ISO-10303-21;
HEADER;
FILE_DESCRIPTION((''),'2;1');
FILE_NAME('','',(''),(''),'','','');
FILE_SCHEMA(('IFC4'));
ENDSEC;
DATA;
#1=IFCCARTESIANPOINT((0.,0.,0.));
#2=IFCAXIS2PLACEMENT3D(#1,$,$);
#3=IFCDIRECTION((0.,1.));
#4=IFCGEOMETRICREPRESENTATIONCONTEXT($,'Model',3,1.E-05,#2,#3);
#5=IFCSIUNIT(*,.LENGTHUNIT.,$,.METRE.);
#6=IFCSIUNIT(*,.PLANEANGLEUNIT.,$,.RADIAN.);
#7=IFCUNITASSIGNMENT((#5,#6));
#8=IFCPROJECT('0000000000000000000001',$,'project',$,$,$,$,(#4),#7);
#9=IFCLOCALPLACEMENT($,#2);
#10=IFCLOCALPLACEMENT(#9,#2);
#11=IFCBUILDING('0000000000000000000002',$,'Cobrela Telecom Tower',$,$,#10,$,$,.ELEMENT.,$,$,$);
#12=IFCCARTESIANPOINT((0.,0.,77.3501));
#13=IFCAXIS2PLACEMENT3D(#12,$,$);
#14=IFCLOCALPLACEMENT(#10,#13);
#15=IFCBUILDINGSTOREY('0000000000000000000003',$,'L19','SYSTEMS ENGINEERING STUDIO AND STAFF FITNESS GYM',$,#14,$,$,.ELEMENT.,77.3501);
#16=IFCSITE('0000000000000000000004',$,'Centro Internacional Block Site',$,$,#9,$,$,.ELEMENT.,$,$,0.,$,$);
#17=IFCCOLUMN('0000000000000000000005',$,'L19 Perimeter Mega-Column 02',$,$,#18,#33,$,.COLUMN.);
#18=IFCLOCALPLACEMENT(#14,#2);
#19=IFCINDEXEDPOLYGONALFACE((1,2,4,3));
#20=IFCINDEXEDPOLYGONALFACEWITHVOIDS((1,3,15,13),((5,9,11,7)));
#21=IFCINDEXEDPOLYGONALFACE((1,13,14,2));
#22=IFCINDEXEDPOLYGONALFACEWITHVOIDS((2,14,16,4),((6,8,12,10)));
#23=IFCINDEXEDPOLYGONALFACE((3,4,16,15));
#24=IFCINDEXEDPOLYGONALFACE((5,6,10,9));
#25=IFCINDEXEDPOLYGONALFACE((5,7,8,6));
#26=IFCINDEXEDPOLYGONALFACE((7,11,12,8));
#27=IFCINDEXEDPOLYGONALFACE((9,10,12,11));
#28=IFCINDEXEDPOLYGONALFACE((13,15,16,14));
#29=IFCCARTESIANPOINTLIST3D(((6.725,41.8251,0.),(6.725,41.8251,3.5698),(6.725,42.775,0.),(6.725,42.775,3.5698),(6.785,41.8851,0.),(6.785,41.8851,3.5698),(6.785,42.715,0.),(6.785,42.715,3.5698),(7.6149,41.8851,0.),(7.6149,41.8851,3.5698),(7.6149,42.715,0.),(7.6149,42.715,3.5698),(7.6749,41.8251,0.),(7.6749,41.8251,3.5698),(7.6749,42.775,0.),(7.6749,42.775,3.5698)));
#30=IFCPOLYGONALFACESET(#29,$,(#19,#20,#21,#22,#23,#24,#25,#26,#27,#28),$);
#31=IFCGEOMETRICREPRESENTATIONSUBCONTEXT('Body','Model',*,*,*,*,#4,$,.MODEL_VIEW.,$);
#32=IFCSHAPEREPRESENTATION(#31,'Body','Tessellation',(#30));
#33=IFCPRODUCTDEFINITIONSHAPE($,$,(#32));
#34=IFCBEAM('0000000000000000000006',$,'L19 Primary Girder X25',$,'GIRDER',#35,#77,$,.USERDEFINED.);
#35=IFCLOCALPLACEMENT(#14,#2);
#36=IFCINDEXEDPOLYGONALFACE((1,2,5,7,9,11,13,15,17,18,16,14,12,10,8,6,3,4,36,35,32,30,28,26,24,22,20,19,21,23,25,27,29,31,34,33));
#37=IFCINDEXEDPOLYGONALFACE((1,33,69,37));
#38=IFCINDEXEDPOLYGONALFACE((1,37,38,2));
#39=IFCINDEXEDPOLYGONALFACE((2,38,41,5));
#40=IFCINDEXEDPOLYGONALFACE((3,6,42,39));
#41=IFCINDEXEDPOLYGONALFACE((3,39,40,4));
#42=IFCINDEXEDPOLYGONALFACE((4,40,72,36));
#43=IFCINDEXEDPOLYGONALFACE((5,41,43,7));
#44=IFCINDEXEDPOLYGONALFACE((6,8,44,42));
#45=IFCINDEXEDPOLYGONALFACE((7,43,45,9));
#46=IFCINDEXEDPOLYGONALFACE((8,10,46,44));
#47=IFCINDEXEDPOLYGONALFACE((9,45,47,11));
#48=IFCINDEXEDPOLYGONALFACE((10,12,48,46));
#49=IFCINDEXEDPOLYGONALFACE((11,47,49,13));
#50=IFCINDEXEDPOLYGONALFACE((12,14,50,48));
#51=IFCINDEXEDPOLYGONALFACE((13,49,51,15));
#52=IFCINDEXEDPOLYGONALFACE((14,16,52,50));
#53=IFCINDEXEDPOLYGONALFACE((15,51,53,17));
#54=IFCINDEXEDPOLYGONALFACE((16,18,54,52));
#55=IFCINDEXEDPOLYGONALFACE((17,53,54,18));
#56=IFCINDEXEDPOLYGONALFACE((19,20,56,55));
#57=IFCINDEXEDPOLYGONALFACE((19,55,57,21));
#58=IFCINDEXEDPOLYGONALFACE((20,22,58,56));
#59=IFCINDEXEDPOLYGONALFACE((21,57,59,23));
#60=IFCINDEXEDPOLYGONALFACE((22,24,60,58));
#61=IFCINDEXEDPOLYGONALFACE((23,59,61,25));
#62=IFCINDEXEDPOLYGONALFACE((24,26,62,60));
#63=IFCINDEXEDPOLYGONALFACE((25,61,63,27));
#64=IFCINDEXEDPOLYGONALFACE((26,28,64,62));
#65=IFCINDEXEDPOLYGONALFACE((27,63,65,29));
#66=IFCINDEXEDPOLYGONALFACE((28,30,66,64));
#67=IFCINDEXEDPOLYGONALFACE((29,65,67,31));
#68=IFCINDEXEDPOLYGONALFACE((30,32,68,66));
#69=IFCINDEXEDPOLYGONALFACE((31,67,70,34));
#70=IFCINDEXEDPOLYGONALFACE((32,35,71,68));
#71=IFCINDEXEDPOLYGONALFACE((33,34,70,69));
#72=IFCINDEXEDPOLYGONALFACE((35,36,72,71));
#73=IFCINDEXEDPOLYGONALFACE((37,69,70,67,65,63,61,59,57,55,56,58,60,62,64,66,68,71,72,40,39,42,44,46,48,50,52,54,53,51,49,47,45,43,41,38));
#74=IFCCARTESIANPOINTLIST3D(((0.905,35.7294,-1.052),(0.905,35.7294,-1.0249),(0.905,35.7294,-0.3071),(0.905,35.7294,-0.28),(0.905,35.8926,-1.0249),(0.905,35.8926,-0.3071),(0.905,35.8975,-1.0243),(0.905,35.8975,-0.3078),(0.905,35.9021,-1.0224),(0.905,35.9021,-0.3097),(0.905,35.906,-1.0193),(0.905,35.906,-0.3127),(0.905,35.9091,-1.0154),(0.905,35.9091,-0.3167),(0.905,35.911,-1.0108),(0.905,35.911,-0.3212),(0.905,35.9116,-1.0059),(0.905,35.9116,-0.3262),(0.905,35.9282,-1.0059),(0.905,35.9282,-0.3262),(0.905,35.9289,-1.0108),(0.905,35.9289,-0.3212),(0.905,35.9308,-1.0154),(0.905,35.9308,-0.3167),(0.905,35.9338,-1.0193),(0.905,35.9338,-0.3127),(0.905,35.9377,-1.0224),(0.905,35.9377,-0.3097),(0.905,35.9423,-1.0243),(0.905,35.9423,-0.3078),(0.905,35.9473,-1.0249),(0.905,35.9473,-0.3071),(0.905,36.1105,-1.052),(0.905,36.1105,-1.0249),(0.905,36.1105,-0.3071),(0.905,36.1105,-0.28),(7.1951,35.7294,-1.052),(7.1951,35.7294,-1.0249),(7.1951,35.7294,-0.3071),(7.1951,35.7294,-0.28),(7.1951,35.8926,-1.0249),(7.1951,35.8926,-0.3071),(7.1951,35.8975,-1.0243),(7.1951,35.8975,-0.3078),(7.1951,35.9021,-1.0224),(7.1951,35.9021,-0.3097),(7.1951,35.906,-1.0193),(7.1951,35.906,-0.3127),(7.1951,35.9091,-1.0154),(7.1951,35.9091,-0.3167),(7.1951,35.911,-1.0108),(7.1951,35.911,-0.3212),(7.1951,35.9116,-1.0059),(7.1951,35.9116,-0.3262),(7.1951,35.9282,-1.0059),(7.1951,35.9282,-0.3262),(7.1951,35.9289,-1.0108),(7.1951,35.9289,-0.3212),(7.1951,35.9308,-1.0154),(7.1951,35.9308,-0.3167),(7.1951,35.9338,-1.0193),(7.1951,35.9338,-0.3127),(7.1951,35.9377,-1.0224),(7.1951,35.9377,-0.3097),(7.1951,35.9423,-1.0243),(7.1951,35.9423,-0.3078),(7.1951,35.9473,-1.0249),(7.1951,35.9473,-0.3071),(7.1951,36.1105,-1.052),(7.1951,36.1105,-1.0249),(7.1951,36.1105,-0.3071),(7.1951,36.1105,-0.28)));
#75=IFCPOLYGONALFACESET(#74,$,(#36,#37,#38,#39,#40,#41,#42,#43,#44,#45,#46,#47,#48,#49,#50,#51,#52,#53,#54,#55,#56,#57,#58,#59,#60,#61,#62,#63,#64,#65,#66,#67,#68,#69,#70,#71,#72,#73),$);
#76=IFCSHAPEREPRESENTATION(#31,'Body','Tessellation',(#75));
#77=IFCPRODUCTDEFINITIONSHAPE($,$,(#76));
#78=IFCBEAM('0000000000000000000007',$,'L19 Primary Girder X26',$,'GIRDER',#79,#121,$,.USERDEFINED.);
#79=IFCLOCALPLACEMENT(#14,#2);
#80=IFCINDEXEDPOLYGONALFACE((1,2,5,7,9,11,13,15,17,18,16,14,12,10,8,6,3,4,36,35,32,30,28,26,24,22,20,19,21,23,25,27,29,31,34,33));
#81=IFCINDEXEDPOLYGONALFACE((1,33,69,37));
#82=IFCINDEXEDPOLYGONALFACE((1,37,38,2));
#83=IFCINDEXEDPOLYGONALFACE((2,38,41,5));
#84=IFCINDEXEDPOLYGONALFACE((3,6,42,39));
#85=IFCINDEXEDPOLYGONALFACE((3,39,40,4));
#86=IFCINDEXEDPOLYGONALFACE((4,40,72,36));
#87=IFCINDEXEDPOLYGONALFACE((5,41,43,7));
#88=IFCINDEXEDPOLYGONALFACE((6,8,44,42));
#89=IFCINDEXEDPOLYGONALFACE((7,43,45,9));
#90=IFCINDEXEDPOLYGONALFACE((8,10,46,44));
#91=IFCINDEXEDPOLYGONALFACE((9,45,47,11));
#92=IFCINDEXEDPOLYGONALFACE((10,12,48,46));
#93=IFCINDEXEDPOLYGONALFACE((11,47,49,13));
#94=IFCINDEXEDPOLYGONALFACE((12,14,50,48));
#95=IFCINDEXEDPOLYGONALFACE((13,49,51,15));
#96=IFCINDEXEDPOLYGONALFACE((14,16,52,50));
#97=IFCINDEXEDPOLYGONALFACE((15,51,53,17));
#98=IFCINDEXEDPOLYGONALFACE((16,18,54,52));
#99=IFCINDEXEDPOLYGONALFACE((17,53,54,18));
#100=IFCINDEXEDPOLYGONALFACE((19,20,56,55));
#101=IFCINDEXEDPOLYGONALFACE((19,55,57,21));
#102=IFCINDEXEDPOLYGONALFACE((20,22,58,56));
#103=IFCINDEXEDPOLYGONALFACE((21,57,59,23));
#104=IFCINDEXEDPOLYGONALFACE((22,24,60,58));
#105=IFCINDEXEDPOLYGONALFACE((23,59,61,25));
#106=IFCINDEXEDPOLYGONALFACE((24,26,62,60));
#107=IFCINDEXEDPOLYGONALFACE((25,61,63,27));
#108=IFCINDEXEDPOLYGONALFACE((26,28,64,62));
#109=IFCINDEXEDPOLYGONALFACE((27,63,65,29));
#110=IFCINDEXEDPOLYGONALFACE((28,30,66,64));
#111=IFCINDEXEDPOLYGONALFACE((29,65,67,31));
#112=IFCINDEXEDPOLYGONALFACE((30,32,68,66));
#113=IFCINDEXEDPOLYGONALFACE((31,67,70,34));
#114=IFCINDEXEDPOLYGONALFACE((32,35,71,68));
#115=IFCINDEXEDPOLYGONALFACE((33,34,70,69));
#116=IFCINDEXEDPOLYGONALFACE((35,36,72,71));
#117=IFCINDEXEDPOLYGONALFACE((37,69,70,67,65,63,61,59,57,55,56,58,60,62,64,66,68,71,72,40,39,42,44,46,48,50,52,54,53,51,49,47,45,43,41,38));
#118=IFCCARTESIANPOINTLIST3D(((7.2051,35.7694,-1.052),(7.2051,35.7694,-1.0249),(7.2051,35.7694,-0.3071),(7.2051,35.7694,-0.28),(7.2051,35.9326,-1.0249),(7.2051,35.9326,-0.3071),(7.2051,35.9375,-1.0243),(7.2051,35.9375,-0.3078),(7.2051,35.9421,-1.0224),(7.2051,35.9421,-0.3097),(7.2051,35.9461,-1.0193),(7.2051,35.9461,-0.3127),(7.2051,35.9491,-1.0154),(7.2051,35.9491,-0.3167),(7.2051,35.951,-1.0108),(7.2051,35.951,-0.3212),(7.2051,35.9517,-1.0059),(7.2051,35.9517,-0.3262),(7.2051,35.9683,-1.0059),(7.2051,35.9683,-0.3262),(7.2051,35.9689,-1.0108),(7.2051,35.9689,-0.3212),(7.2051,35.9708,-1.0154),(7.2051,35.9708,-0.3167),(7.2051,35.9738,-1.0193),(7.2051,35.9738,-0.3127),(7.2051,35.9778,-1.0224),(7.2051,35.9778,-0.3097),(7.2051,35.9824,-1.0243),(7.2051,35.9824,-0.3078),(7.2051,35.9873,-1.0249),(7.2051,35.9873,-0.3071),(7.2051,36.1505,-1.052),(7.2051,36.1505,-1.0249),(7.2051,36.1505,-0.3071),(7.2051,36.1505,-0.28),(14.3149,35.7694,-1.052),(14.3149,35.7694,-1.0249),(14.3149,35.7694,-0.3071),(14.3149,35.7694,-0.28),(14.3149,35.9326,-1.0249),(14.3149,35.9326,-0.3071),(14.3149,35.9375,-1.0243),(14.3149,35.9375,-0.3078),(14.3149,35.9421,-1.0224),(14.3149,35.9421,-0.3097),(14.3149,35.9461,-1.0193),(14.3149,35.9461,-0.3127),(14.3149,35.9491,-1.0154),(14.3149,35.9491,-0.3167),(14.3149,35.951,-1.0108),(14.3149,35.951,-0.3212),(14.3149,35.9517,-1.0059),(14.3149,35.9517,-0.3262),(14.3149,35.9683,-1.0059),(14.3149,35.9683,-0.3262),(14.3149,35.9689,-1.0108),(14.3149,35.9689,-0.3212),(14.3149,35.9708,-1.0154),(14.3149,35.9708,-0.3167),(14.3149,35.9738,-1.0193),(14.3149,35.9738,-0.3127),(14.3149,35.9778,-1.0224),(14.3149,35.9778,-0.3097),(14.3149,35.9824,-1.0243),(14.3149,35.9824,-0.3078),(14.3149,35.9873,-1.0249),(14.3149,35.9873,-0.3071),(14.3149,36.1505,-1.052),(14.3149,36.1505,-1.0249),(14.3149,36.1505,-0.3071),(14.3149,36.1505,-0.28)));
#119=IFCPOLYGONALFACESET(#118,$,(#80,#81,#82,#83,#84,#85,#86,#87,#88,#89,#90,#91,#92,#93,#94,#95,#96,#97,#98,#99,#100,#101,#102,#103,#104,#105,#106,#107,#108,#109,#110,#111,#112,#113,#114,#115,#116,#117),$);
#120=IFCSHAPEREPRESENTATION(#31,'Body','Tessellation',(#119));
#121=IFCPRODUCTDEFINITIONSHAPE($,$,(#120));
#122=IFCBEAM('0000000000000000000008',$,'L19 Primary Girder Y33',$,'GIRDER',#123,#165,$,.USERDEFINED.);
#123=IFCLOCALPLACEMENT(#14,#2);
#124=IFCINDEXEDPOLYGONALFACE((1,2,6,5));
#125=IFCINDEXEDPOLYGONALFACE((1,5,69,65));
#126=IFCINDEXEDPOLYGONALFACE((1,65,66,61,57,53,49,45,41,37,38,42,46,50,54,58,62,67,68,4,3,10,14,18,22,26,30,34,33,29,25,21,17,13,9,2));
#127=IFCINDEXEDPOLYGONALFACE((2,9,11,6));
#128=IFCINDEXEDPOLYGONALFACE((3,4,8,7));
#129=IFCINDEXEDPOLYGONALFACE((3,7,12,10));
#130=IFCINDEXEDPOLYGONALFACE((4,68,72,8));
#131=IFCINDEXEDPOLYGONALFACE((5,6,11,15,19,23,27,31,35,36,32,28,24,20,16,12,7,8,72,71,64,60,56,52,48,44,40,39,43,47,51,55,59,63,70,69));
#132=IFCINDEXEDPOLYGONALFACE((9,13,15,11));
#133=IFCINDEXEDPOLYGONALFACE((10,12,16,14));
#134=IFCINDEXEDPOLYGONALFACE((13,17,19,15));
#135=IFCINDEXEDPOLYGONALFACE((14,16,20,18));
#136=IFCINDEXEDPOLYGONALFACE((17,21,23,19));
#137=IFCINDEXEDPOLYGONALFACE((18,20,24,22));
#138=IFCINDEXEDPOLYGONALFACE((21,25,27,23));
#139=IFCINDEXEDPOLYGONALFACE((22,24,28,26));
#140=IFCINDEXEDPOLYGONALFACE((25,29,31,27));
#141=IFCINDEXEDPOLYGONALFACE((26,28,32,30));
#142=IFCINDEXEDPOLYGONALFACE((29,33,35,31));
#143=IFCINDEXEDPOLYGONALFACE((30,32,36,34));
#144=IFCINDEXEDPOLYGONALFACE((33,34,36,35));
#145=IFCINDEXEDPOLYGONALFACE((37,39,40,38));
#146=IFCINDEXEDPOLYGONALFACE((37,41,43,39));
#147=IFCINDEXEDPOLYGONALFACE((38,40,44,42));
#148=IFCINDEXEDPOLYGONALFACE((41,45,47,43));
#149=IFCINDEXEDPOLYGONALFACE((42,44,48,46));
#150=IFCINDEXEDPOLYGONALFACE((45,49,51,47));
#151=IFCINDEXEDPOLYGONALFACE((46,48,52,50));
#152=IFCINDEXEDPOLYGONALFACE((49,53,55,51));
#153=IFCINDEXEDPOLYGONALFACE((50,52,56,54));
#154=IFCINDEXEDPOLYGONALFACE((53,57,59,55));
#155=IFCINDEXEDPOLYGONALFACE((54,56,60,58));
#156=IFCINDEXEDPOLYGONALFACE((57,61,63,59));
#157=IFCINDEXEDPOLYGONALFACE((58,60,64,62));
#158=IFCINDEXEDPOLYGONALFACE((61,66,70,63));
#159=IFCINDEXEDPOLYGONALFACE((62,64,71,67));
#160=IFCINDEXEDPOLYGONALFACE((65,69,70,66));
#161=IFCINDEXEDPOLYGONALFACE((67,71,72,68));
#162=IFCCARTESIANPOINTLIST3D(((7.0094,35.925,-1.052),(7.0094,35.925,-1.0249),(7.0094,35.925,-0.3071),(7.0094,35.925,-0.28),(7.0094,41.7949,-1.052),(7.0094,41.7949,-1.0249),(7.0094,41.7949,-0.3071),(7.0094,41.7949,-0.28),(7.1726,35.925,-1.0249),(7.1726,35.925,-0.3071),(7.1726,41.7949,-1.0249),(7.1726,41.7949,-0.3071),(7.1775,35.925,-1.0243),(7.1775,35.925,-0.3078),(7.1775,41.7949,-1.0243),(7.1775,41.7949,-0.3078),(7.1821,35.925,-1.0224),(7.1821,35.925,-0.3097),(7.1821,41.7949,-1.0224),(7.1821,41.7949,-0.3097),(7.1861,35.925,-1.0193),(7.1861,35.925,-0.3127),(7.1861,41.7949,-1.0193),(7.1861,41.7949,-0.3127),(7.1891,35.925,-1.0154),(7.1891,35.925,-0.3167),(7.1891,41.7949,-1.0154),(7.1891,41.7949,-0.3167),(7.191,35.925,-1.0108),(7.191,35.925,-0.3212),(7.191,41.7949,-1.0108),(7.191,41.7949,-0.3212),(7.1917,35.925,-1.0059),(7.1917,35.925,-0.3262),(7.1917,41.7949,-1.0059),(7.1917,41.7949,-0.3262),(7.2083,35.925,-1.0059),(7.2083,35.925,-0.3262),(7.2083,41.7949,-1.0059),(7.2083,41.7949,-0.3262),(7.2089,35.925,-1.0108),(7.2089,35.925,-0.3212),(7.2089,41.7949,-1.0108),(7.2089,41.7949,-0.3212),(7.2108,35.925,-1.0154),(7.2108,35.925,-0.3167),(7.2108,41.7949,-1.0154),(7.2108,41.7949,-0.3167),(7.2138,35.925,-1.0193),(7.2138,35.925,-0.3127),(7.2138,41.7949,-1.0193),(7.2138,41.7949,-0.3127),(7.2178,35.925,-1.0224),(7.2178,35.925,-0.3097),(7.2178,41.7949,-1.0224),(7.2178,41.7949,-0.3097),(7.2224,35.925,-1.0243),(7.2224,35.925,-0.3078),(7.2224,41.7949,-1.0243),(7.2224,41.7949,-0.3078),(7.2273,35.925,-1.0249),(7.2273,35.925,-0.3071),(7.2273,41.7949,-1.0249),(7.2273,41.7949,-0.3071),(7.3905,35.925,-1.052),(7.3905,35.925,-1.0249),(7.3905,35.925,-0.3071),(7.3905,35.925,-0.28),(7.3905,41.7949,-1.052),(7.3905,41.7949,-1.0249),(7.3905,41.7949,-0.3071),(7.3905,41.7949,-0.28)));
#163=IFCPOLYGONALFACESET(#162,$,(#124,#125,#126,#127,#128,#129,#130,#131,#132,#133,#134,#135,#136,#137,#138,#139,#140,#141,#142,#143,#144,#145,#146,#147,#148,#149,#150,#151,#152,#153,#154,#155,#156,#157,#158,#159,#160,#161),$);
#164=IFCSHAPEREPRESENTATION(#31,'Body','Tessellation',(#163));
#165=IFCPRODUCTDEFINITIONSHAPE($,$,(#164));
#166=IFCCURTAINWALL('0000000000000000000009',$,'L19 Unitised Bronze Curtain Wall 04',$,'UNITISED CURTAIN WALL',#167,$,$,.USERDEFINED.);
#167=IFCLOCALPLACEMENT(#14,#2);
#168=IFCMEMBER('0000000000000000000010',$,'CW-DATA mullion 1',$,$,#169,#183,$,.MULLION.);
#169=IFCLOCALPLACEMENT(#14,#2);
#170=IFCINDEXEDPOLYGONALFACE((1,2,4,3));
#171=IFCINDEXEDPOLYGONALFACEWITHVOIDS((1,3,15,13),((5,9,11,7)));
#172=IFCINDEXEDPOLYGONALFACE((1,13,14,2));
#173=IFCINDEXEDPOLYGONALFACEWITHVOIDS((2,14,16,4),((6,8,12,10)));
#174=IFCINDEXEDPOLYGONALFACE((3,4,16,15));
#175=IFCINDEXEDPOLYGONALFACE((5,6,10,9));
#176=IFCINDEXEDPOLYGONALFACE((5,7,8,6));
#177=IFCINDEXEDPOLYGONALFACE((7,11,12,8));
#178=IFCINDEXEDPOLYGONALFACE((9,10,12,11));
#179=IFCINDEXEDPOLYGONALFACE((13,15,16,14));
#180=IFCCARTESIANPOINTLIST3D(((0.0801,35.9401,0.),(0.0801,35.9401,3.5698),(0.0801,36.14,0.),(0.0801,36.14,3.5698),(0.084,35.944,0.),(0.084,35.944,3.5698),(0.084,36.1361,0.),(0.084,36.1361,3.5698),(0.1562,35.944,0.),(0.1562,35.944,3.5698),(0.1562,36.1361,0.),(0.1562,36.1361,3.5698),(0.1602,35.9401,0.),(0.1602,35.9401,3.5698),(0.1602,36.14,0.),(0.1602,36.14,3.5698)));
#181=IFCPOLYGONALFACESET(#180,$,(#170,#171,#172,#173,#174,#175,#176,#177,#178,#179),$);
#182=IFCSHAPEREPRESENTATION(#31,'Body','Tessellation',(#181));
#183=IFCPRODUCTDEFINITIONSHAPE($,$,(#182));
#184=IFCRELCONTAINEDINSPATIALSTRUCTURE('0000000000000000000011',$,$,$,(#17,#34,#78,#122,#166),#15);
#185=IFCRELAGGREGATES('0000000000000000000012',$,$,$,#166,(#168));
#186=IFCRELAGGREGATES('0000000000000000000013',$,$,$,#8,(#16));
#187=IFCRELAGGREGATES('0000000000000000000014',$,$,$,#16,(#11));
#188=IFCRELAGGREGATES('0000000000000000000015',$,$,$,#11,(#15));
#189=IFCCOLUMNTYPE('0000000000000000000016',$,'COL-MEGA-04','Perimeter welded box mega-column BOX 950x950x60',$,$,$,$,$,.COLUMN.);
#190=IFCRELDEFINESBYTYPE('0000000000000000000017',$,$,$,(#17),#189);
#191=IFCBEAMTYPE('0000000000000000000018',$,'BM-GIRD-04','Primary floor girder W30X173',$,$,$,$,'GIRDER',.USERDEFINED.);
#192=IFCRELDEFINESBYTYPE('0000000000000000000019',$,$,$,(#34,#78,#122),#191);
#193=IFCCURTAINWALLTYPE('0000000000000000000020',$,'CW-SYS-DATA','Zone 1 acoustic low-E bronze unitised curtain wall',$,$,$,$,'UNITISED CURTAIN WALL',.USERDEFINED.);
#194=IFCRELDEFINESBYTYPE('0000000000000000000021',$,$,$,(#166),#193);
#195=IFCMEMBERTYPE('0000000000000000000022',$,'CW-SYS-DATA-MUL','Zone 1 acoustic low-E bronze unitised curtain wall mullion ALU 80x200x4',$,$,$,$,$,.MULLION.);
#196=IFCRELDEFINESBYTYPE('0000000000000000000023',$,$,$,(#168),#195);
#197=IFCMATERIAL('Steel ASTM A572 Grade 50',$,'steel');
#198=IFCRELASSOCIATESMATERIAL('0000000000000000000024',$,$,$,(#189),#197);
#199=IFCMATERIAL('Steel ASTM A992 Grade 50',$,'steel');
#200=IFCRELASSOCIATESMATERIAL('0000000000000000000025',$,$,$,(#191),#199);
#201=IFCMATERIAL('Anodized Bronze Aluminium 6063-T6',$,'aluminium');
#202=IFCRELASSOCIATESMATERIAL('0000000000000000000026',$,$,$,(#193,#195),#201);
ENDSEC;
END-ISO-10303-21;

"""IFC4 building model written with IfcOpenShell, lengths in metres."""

from ifc_helpers import new_model, si_unit, direction, frame, origin, origin_2d, place, context, subcontext, project, spatial, hollow_rectangle, i_section, extrude, material, material_profile, profile_set, type_object, element, aggregate, save


model = new_model("IFC4")

# Units and contexts
model_context = context("Model", 3, precision=1e-05, world=origin(), true_north=direction((0.0, 1.0)))
body_context = subcontext(model_context, "Body", "Model", "MODEL_VIEW")
ifc_project = project(units=[si_unit("LENGTHUNIT", "METRE"), si_unit("PLANEANGLEUNIT", "RADIAN")], contexts=[model_context])

# Site, building, storey
site_placement = place(None, origin())
site = spatial("IfcSite", under=ifc_project, at=site_placement, Name="Centro Internacional Block Site", CompositionType="ELEMENT", RefElevation=0.0)
building_placement = place(site_placement, origin())
building = spatial("IfcBuilding", under=site, at=building_placement, Name="Cobrela Telecom Tower", CompositionType="ELEMENT")
storey_placement = place(building_placement, frame((0.0, 0.0, 77.3501)))
storey = spatial("IfcBuildingStorey", under=building, at=storey_placement, Name="L19", Description="SYSTEMS ENGINEERING STUDIO AND STAFF FITNESS GYM", CompositionType="ELEMENT", Elevation=77.3501)

# Column
ifc_material_1 = material(Name="Steel ASTM A572 Grade 50", Category="steel")
ifc_material_profile_1 = material_profile(ifc_material_1, hollow_rectangle(XDim=0.95, YDim=0.95, WallThickness=0.0601, at=origin_2d()), Name="BOX 950x950x60")
ifc_profile_set_1 = profile_set([ifc_material_profile_1], Name="Steel ASTM A572 Grade 50")
column_type = type_object("IfcColumnType", Name="COL-MEGA-04", Description="Perimeter welded box mega-column BOX 950x950x60", PredefinedType="COLUMN", material=ifc_profile_set_1)
column_placement = place(storey_placement, frame((7.2, 42.3, 0.0), z_axis=(0.0, 0.0, 1.0), x_axis=(1.0, 0.0, 0.0)))
element("IfcColumn", 1, at=column_placement, inside=storey, type_object=column_type, Name="L19 Perimeter Mega-Column 02", PredefinedType="COLUMN", context=body_context, shape_type="SweptSolid", body=[
    extrude(hollow_rectangle(XDim=0.95, YDim=0.95, WallThickness=0.0601, at=origin_2d()), origin(), (0.0, 0.0, 1.0), 3.5698),
])

# Beams
ifc_material_2 = material(Name="Steel ASTM A992 Grade 50", Category="steel")
ifc_material_profile_2 = material_profile(ifc_material_2, i_section(OverallWidth=0.3811, OverallDepth=0.772, WebThickness=0.0166, FlangeThickness=0.0271, FilletRadius=0.019, at=origin_2d()), Name="W30X173")
ifc_profile_set_2 = profile_set([ifc_material_profile_2], Name="Steel ASTM A992 Grade 50")
beam_type = type_object("IfcBeamType", Name="BM-GIRD-04", Description="Primary floor girder W30X173", ElementType="GIRDER", PredefinedType="USERDEFINED", material=ifc_profile_set_2)
beam_1_placement = place(storey_placement, frame((0.905, 35.9199, -0.666), z_axis=(1.0, 0.0, 0.0), x_axis=(0.0, 1.0, 0.0)))
element("IfcBeam", 2, at=beam_1_placement, inside=storey, type_object=beam_type, Name="L19 Primary Girder X25", ObjectType="GIRDER", PredefinedType="USERDEFINED", context=body_context, shape_type="SweptSolid", body=[
    extrude(i_section(OverallWidth=0.3811, OverallDepth=0.772, WebThickness=0.0166, FlangeThickness=0.0271, FilletRadius=0.019, at=origin_2d()), origin(), (0.0, 0.0, 1.0), 6.29),
])
beam_2_placement = place(storey_placement, frame((7.2051, 35.96, -0.666), z_axis=(1.0, 0.0, 0.0), x_axis=(0.0, 1.0, 0.0)))
element("IfcBeam", 3, at=beam_2_placement, inside=storey, type_object=beam_type, Name="L19 Primary Girder X26", ObjectType="GIRDER", PredefinedType="USERDEFINED", context=body_context, shape_type="SweptSolid", body=[
    extrude(i_section(OverallWidth=0.3811, OverallDepth=0.772, WebThickness=0.0166, FlangeThickness=0.0271, FilletRadius=0.019, at=origin_2d()), origin(), (0.0, 0.0, 1.0), 7.1099),
])
beam_3_placement = place(storey_placement, frame((7.2, 35.925, -0.666), z_axis=(0.0, 1.0, 0.0), x_axis=(-1.0, 0.0, 0.0)))
element("IfcBeam", 4, at=beam_3_placement, inside=storey, type_object=beam_type, Name="L19 Primary Girder Y33", ObjectType="GIRDER", PredefinedType="USERDEFINED", context=body_context, shape_type="SweptSolid", body=[
    extrude(i_section(OverallWidth=0.3811, OverallDepth=0.772, WebThickness=0.0166, FlangeThickness=0.0271, FilletRadius=0.019, at=origin_2d()), origin(), (0.0, 0.0, 1.0), 5.8699),
])

# Curtain wall, member
ifc_material_3 = material(Name="Anodized Bronze Aluminium 6063-T6", Category="aluminium")
curtain_wall_type = type_object("IfcCurtainWallType", Name="CW-SYS-DATA", Description="Zone 1 acoustic low-E bronze unitised curtain wall", ElementType="UNITISED CURTAIN WALL", PredefinedType="USERDEFINED", material=ifc_material_3)
curtain_wall_1_placement = place(storey_placement, origin())
curtain_wall_1 = element("IfcCurtainWall", 5, at=curtain_wall_1_placement, inside=storey, type_object=curtain_wall_type, Name="L19 Unitised Bronze Curtain Wall 04", ObjectType="UNITISED CURTAIN WALL", PredefinedType="USERDEFINED")
ifc_material_profile_3 = material_profile(ifc_material_3, hollow_rectangle(XDim=0.0801, YDim=0.2, WallThickness=0.0039, at=origin_2d()), Name="ALU 80x200x4")
ifc_profile_set_3 = profile_set([ifc_material_profile_3], Name="Anodized Bronze Aluminium 6063-T6")
member_type_1 = type_object("IfcMemberType", Name="CW-SYS-DATA-MUL", Description="Zone 1 acoustic low-E bronze unitised curtain wall mullion ALU 80x200x4", PredefinedType="MULLION", material=ifc_profile_set_3)
member_1_placement = place(storey_placement, frame((0.1201, 36.04, 0.0), z_axis=(0.0, 0.0, 1.0), x_axis=(-1.0, 0.0, 0.0)))
member_1 = element("IfcMember", 6, at=member_1_placement, type_object=member_type_1, Name="CW-DATA mullion 1", PredefinedType="MULLION", context=body_context, shape_type="SweptSolid", body=[
    extrude(hollow_rectangle(XDim=0.0801, YDim=0.2, WallThickness=0.0039, at=origin_2d()), origin(), (0.0, 0.0, 1.0), 3.5698),
])

aggregate(curtain_wall_1, [member_1])

save(model, "model.ifc")
